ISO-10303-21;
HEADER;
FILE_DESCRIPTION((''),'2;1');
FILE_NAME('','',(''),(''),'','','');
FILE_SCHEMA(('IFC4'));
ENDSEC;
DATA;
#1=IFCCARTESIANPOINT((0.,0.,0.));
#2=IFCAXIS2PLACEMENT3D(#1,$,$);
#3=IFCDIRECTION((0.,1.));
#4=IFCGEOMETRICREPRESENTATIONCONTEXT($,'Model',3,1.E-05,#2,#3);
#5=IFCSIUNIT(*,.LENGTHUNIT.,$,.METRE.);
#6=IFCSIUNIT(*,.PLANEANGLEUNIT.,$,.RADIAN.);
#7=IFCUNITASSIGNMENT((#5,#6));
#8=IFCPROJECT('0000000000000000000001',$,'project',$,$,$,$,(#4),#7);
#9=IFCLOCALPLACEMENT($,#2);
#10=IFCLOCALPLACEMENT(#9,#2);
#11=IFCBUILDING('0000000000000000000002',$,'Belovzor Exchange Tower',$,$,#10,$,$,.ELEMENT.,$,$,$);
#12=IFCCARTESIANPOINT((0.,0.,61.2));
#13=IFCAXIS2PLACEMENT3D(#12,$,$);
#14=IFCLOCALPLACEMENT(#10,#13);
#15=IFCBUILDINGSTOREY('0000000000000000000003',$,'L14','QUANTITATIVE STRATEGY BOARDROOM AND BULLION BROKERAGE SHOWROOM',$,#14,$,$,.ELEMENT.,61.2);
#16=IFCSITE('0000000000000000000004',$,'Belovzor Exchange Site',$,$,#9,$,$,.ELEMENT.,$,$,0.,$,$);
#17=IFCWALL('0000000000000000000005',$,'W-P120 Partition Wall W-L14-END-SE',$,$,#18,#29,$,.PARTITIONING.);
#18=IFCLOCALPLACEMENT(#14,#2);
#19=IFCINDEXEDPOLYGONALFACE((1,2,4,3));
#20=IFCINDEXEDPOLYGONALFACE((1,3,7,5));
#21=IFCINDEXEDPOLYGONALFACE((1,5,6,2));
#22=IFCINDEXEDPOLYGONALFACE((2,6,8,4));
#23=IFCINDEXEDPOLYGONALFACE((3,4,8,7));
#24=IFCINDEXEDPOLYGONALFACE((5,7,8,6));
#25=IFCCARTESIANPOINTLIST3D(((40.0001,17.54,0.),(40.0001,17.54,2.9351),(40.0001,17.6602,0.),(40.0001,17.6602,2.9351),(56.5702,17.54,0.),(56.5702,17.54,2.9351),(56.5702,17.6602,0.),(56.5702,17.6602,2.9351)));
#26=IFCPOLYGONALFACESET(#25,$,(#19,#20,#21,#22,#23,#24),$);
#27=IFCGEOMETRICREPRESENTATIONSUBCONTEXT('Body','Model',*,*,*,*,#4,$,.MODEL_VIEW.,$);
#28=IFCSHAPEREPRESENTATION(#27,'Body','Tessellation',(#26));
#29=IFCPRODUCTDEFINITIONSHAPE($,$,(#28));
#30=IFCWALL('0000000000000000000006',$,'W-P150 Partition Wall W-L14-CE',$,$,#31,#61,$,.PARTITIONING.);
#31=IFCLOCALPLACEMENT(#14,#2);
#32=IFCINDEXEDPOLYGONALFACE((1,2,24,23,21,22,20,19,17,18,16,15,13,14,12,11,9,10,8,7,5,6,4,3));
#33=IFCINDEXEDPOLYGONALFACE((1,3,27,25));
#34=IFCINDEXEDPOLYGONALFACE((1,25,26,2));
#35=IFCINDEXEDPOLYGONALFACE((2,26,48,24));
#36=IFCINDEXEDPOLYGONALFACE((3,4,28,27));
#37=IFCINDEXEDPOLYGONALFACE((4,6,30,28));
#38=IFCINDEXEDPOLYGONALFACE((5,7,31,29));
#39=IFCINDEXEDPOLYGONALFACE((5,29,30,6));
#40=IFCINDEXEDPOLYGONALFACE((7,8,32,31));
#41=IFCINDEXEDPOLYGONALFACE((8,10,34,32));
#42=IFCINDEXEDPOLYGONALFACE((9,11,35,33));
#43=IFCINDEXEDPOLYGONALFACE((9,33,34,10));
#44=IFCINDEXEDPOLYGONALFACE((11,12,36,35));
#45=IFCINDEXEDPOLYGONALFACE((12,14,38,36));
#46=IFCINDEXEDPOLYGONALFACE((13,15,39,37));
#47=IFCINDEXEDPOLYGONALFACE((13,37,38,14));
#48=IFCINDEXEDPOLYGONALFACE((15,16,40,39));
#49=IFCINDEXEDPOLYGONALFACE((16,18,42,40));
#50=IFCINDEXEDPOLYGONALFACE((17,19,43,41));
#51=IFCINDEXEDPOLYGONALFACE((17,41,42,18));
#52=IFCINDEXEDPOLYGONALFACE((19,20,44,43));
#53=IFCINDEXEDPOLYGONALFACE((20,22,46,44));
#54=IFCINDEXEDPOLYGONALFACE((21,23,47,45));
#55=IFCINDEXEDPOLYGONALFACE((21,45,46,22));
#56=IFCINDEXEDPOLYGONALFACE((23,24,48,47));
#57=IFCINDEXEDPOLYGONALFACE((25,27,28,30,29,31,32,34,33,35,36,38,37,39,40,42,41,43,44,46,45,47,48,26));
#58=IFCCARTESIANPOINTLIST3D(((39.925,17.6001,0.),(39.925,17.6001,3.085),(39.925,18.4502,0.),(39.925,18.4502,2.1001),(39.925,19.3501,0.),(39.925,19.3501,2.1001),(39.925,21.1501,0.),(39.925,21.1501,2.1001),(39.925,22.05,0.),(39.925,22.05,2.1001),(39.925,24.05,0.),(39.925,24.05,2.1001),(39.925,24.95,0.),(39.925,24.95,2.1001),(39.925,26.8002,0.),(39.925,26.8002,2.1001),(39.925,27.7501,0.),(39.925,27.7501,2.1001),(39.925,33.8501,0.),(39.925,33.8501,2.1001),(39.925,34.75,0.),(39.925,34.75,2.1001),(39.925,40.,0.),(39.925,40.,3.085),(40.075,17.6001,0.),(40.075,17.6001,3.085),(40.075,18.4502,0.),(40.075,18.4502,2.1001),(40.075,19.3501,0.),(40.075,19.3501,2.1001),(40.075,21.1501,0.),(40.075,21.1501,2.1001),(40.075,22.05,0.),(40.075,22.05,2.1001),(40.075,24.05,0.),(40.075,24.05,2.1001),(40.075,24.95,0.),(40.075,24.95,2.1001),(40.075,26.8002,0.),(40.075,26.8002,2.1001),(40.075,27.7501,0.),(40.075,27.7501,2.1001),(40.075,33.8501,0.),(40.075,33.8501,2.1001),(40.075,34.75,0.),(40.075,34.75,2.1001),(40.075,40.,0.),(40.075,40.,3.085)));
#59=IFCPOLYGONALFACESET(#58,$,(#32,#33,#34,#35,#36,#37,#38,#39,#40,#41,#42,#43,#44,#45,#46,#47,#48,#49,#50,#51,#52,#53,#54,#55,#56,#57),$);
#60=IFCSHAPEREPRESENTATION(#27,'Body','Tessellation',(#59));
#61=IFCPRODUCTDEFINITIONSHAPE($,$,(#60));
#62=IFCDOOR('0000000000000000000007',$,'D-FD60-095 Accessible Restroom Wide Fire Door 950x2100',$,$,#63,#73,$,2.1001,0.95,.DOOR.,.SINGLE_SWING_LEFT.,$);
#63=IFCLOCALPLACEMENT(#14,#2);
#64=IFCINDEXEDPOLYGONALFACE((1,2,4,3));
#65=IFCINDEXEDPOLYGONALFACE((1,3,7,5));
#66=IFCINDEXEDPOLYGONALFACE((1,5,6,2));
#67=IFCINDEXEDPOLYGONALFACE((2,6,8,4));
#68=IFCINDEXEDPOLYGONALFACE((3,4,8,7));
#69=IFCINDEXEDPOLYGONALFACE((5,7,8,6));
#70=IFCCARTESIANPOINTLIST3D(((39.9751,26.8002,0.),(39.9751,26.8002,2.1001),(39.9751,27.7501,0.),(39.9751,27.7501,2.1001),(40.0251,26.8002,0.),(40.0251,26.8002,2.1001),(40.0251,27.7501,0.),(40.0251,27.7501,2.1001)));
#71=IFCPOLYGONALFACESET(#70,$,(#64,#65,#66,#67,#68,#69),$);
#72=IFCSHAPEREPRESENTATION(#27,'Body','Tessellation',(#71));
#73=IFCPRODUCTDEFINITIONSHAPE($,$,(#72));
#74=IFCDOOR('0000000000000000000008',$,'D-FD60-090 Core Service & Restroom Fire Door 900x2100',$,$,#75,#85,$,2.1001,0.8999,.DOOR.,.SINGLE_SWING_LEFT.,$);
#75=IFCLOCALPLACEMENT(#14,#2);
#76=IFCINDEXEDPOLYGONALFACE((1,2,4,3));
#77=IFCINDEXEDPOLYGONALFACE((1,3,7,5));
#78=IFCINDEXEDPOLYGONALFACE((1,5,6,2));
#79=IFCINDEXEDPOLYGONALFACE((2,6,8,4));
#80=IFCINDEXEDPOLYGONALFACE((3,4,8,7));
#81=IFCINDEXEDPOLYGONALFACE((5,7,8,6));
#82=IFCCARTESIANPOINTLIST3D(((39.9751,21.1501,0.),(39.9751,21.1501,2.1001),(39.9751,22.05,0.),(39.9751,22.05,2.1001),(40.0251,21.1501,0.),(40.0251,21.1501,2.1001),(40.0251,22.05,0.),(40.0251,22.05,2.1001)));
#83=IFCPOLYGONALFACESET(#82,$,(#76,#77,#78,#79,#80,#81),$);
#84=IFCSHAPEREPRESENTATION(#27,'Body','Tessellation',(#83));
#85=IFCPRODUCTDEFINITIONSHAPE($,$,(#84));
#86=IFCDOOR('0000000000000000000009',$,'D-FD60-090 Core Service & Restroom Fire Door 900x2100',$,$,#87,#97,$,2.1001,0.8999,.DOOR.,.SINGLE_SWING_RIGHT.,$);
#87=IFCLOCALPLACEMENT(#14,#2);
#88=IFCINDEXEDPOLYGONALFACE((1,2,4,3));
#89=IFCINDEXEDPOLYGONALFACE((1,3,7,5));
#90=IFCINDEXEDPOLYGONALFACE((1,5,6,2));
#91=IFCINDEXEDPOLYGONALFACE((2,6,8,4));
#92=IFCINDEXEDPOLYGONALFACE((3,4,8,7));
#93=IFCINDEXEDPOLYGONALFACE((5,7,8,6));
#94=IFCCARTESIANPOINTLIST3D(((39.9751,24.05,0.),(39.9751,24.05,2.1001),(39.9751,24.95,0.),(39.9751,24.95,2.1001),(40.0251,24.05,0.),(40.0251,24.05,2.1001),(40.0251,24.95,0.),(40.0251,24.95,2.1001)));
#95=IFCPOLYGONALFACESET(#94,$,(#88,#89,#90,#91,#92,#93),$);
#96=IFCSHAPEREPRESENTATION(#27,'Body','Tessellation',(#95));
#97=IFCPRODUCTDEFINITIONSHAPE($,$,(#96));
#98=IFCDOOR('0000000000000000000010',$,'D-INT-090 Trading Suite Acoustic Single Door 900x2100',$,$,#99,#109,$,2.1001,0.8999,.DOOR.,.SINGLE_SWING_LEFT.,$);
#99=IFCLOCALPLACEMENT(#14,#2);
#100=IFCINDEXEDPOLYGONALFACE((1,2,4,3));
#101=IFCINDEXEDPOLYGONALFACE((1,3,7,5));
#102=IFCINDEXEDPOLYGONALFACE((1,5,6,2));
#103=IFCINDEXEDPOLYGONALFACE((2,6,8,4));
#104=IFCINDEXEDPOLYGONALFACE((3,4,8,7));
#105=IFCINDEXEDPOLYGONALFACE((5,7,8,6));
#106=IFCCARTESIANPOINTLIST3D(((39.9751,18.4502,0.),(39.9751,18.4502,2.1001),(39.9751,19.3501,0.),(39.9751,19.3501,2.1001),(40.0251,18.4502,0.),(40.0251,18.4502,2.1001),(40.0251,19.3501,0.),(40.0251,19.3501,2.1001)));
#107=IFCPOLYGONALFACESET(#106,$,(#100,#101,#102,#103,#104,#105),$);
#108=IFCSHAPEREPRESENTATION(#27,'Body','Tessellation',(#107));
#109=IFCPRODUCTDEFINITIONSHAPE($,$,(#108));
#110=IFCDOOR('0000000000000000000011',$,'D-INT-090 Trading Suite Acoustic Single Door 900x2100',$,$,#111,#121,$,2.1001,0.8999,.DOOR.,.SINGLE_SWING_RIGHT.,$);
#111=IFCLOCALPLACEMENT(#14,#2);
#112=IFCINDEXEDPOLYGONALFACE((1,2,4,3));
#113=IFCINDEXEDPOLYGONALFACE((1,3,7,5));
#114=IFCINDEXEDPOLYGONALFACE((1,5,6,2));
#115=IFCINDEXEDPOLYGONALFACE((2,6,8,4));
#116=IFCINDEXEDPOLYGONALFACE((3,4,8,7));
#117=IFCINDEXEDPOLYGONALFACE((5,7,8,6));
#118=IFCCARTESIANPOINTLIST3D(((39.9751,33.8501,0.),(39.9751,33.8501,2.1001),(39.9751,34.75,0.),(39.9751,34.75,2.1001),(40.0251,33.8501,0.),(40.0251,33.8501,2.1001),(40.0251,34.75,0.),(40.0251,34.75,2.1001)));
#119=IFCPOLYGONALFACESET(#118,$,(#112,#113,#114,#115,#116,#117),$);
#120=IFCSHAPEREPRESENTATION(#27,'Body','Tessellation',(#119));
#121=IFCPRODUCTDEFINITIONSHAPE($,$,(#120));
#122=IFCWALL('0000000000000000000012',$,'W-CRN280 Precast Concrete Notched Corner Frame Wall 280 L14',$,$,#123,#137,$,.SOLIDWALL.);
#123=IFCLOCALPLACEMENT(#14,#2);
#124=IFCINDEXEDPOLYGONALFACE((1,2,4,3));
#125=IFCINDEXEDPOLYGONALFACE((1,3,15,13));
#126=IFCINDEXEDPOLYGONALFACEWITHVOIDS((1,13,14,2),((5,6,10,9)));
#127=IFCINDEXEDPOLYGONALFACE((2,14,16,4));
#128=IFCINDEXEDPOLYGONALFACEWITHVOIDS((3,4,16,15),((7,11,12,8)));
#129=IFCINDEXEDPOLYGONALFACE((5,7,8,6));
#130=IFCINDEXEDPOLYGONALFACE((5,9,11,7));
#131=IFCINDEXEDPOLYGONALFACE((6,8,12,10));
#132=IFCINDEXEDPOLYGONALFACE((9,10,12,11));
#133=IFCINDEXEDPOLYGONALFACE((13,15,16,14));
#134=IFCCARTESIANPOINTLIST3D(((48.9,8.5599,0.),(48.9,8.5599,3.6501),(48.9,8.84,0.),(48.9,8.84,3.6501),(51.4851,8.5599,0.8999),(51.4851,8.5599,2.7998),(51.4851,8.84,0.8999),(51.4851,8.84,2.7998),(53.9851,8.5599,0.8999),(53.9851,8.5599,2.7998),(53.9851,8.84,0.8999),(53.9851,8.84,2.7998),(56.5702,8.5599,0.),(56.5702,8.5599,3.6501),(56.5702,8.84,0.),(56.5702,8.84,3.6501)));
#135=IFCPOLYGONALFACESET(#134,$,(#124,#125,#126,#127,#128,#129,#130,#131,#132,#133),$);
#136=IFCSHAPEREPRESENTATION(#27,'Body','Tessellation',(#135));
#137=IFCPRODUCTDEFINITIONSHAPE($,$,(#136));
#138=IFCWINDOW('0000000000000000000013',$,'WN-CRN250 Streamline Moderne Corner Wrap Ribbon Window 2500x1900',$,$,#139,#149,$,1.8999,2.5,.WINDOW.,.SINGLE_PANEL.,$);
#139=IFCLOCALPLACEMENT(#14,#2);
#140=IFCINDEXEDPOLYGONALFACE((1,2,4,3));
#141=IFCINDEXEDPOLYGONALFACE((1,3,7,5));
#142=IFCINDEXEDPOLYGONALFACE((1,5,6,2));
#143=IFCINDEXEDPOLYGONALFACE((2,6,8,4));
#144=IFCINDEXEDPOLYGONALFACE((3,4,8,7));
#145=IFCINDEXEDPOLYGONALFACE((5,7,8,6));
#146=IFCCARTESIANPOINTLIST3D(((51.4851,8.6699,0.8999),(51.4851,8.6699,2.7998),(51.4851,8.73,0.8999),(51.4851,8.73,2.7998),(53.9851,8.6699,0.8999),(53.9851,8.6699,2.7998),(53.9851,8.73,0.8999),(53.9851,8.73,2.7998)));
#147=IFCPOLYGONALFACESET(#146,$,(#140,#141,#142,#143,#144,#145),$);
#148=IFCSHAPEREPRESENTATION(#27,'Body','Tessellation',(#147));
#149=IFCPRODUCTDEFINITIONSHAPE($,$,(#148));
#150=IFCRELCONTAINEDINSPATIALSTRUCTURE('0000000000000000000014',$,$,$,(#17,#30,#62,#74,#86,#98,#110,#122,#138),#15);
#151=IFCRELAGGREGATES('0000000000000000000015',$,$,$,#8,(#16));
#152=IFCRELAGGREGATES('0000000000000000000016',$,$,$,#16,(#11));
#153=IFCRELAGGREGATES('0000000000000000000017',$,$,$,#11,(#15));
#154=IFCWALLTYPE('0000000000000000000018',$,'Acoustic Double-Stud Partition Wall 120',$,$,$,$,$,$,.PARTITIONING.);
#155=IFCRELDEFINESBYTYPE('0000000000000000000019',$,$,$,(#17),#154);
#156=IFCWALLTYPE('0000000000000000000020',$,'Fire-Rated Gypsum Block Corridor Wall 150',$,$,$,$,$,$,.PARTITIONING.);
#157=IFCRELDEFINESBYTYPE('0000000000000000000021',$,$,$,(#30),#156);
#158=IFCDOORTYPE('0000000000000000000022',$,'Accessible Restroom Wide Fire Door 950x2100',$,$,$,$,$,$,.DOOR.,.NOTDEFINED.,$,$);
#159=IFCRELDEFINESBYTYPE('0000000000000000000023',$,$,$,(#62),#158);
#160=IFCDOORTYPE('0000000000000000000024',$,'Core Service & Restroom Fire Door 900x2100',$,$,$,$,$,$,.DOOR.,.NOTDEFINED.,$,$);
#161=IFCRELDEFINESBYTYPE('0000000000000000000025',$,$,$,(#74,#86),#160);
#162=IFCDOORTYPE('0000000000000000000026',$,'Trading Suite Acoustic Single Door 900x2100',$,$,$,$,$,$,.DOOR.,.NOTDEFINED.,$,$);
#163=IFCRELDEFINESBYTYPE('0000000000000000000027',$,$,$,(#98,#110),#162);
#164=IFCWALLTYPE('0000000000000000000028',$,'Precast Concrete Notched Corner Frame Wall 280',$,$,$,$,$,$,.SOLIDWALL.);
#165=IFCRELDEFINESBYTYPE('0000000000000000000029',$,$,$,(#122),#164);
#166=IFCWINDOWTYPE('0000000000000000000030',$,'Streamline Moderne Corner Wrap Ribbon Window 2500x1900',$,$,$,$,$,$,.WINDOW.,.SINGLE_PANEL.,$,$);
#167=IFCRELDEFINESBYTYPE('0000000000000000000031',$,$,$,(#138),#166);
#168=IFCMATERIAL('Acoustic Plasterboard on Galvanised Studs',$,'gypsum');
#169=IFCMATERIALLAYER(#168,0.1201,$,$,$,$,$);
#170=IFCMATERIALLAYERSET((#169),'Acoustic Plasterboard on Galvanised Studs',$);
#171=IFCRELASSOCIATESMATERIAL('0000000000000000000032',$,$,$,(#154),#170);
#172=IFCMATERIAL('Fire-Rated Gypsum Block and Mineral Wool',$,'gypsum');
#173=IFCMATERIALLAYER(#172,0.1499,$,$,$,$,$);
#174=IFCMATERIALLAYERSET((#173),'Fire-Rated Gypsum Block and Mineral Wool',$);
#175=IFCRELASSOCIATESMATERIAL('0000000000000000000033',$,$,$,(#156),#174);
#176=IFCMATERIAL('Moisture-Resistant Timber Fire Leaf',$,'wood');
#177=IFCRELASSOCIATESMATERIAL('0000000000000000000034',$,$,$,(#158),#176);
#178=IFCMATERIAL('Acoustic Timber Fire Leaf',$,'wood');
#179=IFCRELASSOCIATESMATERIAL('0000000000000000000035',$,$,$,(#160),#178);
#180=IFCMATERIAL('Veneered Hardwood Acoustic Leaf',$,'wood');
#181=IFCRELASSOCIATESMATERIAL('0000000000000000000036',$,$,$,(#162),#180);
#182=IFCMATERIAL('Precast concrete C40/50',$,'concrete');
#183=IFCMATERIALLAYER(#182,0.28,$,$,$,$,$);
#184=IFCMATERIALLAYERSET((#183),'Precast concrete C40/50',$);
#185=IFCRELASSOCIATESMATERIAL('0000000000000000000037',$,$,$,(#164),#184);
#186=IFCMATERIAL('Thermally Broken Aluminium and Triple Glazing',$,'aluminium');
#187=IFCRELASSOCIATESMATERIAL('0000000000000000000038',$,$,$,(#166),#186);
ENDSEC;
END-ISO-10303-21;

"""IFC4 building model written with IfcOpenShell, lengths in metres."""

from ifc_helpers import new_model, si_unit, direction, frame, frame_2d, origin, place, context, subcontext, project, spatial, rectangle, extrude, material, layer, layer_set, type_object, element, fill, save


model = new_model("IFC4")

# Units and contexts
model_context = context("Model", 3, precision=1e-05, world=origin(), true_north=direction((0.0, 1.0)))
body_context = subcontext(model_context, "Body", "Model", "MODEL_VIEW")
ifc_project = project(units=[si_unit("LENGTHUNIT", "METRE"), si_unit("PLANEANGLEUNIT", "RADIAN")], contexts=[model_context])

# Site, building, storey
site_placement = place(None, origin())
site = spatial("IfcSite", under=ifc_project, at=site_placement, Name="Belovzor Exchange Site", CompositionType="ELEMENT", RefElevation=0.0)
building_placement = place(site_placement, origin())
building = spatial("IfcBuilding", under=site, at=building_placement, Name="Belovzor Exchange Tower", CompositionType="ELEMENT")
storey_placement = place(building_placement, frame((0.0, 0.0, 61.2)))
storey = spatial("IfcBuildingStorey", under=building, at=storey_placement, Name="L14", Description="QUANTITATIVE STRATEGY BOARDROOM AND BULLION BROKERAGE SHOWROOM", CompositionType="ELEMENT", Elevation=61.2)

# Wall
ifc_material_1 = material(Name="Acoustic Plasterboard on Galvanised Studs", Category="gypsum")
ifc_layer_1 = layer(ifc_material_1, 0.1201)
ifc_layer_set_1 = layer_set([ifc_layer_1], Name="Acoustic Plasterboard on Galvanised Studs")
wall_type_1 = type_object("IfcWallType", Name="Acoustic Double-Stud Partition Wall 120", PredefinedType="PARTITIONING", material=ifc_layer_set_1)
wall_1_placement = place(storey_placement, frame((40.0, 17.6001, 0.0), z_axis=(0.0, 0.0, 1.0), x_axis=(1.0, 0.0, 0.0)))
element("IfcWall", 1, at=wall_1_placement, inside=storey, type_object=wall_type_1, Name="W-P120 Partition Wall W-L14-END-SE", PredefinedType="PARTITIONING", context=body_context, shape_type="SweptSolid", body=[
    extrude(rectangle(XDim=16.5701, YDim=0.1201, at=frame_2d((8.2852, 0.0))), origin(), (0.0, 0.0, 1.0), 2.9351),
])

# Wall, openings, doors
ifc_material_2 = material(Name="Fire-Rated Gypsum Block and Mineral Wool", Category="gypsum")
ifc_layer_2 = layer(ifc_material_2, 0.1499)
ifc_layer_set_2 = layer_set([ifc_layer_2], Name="Fire-Rated Gypsum Block and Mineral Wool")
wall_type_2 = type_object("IfcWallType", Name="Fire-Rated Gypsum Block Corridor Wall 150", PredefinedType="PARTITIONING", material=ifc_layer_set_2)
wall_2_placement = place(storey_placement, frame((40.0, 17.6001, 0.0), z_axis=(0.0, 0.0, 1.0), x_axis=(0.0, 1.0, 0.0)))
wall_2 = element("IfcWall", 2, at=wall_2_placement, inside=storey, type_object=wall_type_2, Name="W-P150 Partition Wall W-L14-CE", PredefinedType="PARTITIONING", context=body_context, shape_type="SweptSolid", body=[
    extrude(rectangle(XDim=22.3999, YDim=0.1499, at=frame_2d((11.2, 0.0))), origin(), (0.0, 0.0, 1.0), 3.085),
])
opening_1_placement = place(wall_2_placement, frame((0.8501, 0.0, 0.0)))
opening_1 = element("IfcOpeningElement", 3, at=opening_1_placement, cuts=wall_2, PredefinedType="OPENING", context=body_context, shape_type="SweptSolid", body=[
    extrude(rectangle(XDim=0.8999, YDim=2.1001, at=frame_2d((0.45, 1.05))), frame((0.0, 0.085, 0.0), z_axis=(0.0, -1.0, 0.0), x_axis=(1.0, 0.0, 0.0)), (0.0, 0.0, 1.0), 0.1699),
])
opening_2_placement = place(wall_2_placement, frame((3.55, 0.0, 0.0)))
opening_2 = element("IfcOpeningElement", 4, at=opening_2_placement, cuts=wall_2, PredefinedType="OPENING", context=body_context, shape_type="SweptSolid", body=[
    extrude(rectangle(XDim=0.8999, YDim=2.1001, at=frame_2d((0.45, 1.05))), frame((0.0, 0.085, 0.0), z_axis=(0.0, -1.0, 0.0), x_axis=(1.0, 0.0, 0.0)), (0.0, 0.0, 1.0), 0.1699),
])
opening_3_placement = place(wall_2_placement, frame((6.45, 0.0, 0.0)))
opening_3 = element("IfcOpeningElement", 5, at=opening_3_placement, cuts=wall_2, PredefinedType="OPENING", context=body_context, shape_type="SweptSolid", body=[
    extrude(rectangle(XDim=0.8999, YDim=2.1001, at=frame_2d((0.45, 1.05))), frame((0.0, 0.085, 0.0), z_axis=(0.0, -1.0, 0.0), x_axis=(1.0, 0.0, 0.0)), (0.0, 0.0, 1.0), 0.1699),
])
opening_4_placement = place(wall_2_placement, frame((9.2, 0.0, 0.0)))
opening_4 = element("IfcOpeningElement", 6, at=opening_4_placement, cuts=wall_2, PredefinedType="OPENING", context=body_context, shape_type="SweptSolid", body=[
    extrude(rectangle(XDim=0.95, YDim=2.1001, at=frame_2d((0.4751, 1.05))), frame((0.0, 0.085, 0.0), z_axis=(0.0, -1.0, 0.0), x_axis=(1.0, 0.0, 0.0)), (0.0, 0.0, 1.0), 0.1699),
])
opening_5_placement = place(wall_2_placement, frame((16.25, 0.0, 0.0)))
opening_5 = element("IfcOpeningElement", 7, at=opening_5_placement, cuts=wall_2, PredefinedType="OPENING", context=body_context, shape_type="SweptSolid", body=[
    extrude(rectangle(XDim=0.8999, YDim=2.1001, at=frame_2d((0.45, 1.05))), frame((0.0, 0.085, 0.0), z_axis=(0.0, -1.0, 0.0), x_axis=(1.0, 0.0, 0.0)), (0.0, 0.0, 1.0), 0.1699),
])
ifc_material_3 = material(Name="Moisture-Resistant Timber Fire Leaf", Category="wood")
door_type_1 = type_object("IfcDoorType", Name="Accessible Restroom Wide Fire Door 950x2100", OperationType="NOTDEFINED", PredefinedType="DOOR", material=ifc_material_3)
door_1_placement = place(opening_4_placement, origin())
door_1 = element("IfcDoor", 8, at=door_1_placement, inside=storey, type_object=door_type_1, Name="D-FD60-095 Accessible Restroom Wide Fire Door 950x2100", OperationType="SINGLE_SWING_LEFT", OverallHeight=2.1001, OverallWidth=0.95, PredefinedType="DOOR", context=body_context, shape_type="SweptSolid", body=[
    extrude(rectangle(XDim=0.95, YDim=2.1001, at=frame_2d((0.4751, 1.05))), frame((0.0, 0.0249, 0.0), z_axis=(0.0, -1.0, 0.0), x_axis=(1.0, 0.0, 0.0)), (0.0, 0.0, 1.0), 0.05),
])
fill(opening_4, door_1)
ifc_material_4 = material(Name="Acoustic Timber Fire Leaf", Category="wood")
door_type_2 = type_object("IfcDoorType", Name="Core Service & Restroom Fire Door 900x2100", OperationType="NOTDEFINED", PredefinedType="DOOR", material=ifc_material_4)
door_2_placement = place(opening_2_placement, origin())
door_2 = element("IfcDoor", 9, at=door_2_placement, inside=storey, type_object=door_type_2, Name="D-FD60-090 Core Service & Restroom Fire Door 900x2100", OperationType="SINGLE_SWING_LEFT", OverallHeight=2.1001, OverallWidth=0.8999, PredefinedType="DOOR", context=body_context, shape_type="SweptSolid", body=[
    extrude(rectangle(XDim=0.8999, YDim=2.1001, at=frame_2d((0.45, 1.05))), frame((0.0, 0.0249, 0.0), z_axis=(0.0, -1.0, 0.0), x_axis=(1.0, 0.0, 0.0)), (0.0, 0.0, 1.0), 0.05),
])
fill(opening_2, door_2)
door_3_placement = place(opening_3_placement, origin())
door_3 = element("IfcDoor", 10, at=door_3_placement, inside=storey, type_object=door_type_2, Name="D-FD60-090 Core Service & Restroom Fire Door 900x2100", OperationType="SINGLE_SWING_RIGHT", OverallHeight=2.1001, OverallWidth=0.8999, PredefinedType="DOOR", context=body_context, shape_type="SweptSolid", body=[
    extrude(rectangle(XDim=0.8999, YDim=2.1001, at=frame_2d((0.45, 1.05))), frame((0.0, 0.0249, 0.0), z_axis=(0.0, -1.0, 0.0), x_axis=(1.0, 0.0, 0.0)), (0.0, 0.0, 1.0), 0.05),
])
fill(opening_3, door_3)
ifc_material_5 = material(Name="Veneered Hardwood Acoustic Leaf", Category="wood")
door_type_3 = type_object("IfcDoorType", Name="Trading Suite Acoustic Single Door 900x2100", OperationType="NOTDEFINED", PredefinedType="DOOR", material=ifc_material_5)
door_4_placement = place(opening_1_placement, origin())
door_4 = element("IfcDoor", 11, at=door_4_placement, inside=storey, type_object=door_type_3, Name="D-INT-090 Trading Suite Acoustic Single Door 900x2100", OperationType="SINGLE_SWING_LEFT", OverallHeight=2.1001, OverallWidth=0.8999, PredefinedType="DOOR", context=body_context, shape_type="SweptSolid", body=[
    extrude(rectangle(XDim=0.8999, YDim=2.1001, at=frame_2d((0.45, 1.05))), frame((0.0, 0.0249, 0.0), z_axis=(0.0, -1.0, 0.0), x_axis=(1.0, 0.0, 0.0)), (0.0, 0.0, 1.0), 0.05),
])
fill(opening_1, door_4)
door_5_placement = place(opening_5_placement, origin())
door_5 = element("IfcDoor", 12, at=door_5_placement, inside=storey, type_object=door_type_3, Name="D-INT-090 Trading Suite Acoustic Single Door 900x2100", OperationType="SINGLE_SWING_RIGHT", OverallHeight=2.1001, OverallWidth=0.8999, PredefinedType="DOOR", context=body_context, shape_type="SweptSolid", body=[
    extrude(rectangle(XDim=0.8999, YDim=2.1001, at=frame_2d((0.45, 1.05))), frame((0.0, 0.0249, 0.0), z_axis=(0.0, -1.0, 0.0), x_axis=(1.0, 0.0, 0.0)), (0.0, 0.0, 1.0), 0.05),
])
fill(opening_5, door_5)

# Wall, opening, window
ifc_material_6 = material(Name="Precast concrete C40/50", Category="concrete")
ifc_layer_3 = layer(ifc_material_6, 0.28)
ifc_layer_set_3 = layer_set([ifc_layer_3], Name="Precast concrete C40/50")
wall_type_3 = type_object("IfcWallType", Name="Precast Concrete Notched Corner Frame Wall 280", PredefinedType="SOLIDWALL", material=ifc_layer_set_3)
wall_3_placement = place(storey_placement, frame((56.5701, 8.7, 0.0), z_axis=(0.0, 0.0, 1.0), x_axis=(-1.0, 0.0, 0.0)))
wall_3 = element("IfcWall", 13, at=wall_3_placement, inside=storey, type_object=wall_type_3, Name="W-CRN280 Precast Concrete Notched Corner Frame Wall 280 L14", PredefinedType="SOLIDWALL", context=body_context, shape_type="SweptSolid", body=[
    extrude(rectangle(XDim=7.6702, YDim=0.28, at=frame_2d((3.835, 0.0))), origin(), (0.0, 0.0, 1.0), 3.6501),
])
opening_6_placement = place(wall_3_placement, frame((2.585, 0.0, 0.8999)))
opening_6 = element("IfcOpeningElement", 14, at=opening_6_placement, cuts=wall_3, PredefinedType="OPENING", context=body_context, shape_type="SweptSolid", body=[
    extrude(rectangle(XDim=2.5, YDim=1.8999, at=frame_2d((1.25, 0.95))), frame((0.0, 0.1499, 0.0), z_axis=(0.0, -1.0, 0.0), x_axis=(1.0, 0.0, 0.0)), (0.0, 0.0, 1.0), 0.3),
])
ifc_material_7 = material(Name="Thermally Broken Aluminium and Triple Glazing", Category="aluminium")
window_type = type_object("IfcWindowType", Name="Streamline Moderne Corner Wrap Ribbon Window 2500x1900", PartitioningType="SINGLE_PANEL", PredefinedType="WINDOW", material=ifc_material_7)
window_1_placement = place(opening_6_placement, origin())
window_1 = element("IfcWindow", 15, at=window_1_placement, inside=storey, type_object=window_type, Name="WN-CRN250 Streamline Moderne Corner Wrap Ribbon Window 2500x1900", OverallHeight=1.8999, OverallWidth=2.5, PartitioningType="SINGLE_PANEL", PredefinedType="WINDOW", context=body_context, shape_type="SweptSolid", body=[
    extrude(rectangle(XDim=2.5, YDim=1.8999, at=frame_2d((1.25, 0.95))), frame((0.0, 0.03, 0.0), z_axis=(0.0, -1.0, 0.0), x_axis=(1.0, 0.0, 0.0)), (0.0, 0.0, 1.0), 0.0601),
])
fill(opening_6, window_1)

save(model, "model.ifc")
